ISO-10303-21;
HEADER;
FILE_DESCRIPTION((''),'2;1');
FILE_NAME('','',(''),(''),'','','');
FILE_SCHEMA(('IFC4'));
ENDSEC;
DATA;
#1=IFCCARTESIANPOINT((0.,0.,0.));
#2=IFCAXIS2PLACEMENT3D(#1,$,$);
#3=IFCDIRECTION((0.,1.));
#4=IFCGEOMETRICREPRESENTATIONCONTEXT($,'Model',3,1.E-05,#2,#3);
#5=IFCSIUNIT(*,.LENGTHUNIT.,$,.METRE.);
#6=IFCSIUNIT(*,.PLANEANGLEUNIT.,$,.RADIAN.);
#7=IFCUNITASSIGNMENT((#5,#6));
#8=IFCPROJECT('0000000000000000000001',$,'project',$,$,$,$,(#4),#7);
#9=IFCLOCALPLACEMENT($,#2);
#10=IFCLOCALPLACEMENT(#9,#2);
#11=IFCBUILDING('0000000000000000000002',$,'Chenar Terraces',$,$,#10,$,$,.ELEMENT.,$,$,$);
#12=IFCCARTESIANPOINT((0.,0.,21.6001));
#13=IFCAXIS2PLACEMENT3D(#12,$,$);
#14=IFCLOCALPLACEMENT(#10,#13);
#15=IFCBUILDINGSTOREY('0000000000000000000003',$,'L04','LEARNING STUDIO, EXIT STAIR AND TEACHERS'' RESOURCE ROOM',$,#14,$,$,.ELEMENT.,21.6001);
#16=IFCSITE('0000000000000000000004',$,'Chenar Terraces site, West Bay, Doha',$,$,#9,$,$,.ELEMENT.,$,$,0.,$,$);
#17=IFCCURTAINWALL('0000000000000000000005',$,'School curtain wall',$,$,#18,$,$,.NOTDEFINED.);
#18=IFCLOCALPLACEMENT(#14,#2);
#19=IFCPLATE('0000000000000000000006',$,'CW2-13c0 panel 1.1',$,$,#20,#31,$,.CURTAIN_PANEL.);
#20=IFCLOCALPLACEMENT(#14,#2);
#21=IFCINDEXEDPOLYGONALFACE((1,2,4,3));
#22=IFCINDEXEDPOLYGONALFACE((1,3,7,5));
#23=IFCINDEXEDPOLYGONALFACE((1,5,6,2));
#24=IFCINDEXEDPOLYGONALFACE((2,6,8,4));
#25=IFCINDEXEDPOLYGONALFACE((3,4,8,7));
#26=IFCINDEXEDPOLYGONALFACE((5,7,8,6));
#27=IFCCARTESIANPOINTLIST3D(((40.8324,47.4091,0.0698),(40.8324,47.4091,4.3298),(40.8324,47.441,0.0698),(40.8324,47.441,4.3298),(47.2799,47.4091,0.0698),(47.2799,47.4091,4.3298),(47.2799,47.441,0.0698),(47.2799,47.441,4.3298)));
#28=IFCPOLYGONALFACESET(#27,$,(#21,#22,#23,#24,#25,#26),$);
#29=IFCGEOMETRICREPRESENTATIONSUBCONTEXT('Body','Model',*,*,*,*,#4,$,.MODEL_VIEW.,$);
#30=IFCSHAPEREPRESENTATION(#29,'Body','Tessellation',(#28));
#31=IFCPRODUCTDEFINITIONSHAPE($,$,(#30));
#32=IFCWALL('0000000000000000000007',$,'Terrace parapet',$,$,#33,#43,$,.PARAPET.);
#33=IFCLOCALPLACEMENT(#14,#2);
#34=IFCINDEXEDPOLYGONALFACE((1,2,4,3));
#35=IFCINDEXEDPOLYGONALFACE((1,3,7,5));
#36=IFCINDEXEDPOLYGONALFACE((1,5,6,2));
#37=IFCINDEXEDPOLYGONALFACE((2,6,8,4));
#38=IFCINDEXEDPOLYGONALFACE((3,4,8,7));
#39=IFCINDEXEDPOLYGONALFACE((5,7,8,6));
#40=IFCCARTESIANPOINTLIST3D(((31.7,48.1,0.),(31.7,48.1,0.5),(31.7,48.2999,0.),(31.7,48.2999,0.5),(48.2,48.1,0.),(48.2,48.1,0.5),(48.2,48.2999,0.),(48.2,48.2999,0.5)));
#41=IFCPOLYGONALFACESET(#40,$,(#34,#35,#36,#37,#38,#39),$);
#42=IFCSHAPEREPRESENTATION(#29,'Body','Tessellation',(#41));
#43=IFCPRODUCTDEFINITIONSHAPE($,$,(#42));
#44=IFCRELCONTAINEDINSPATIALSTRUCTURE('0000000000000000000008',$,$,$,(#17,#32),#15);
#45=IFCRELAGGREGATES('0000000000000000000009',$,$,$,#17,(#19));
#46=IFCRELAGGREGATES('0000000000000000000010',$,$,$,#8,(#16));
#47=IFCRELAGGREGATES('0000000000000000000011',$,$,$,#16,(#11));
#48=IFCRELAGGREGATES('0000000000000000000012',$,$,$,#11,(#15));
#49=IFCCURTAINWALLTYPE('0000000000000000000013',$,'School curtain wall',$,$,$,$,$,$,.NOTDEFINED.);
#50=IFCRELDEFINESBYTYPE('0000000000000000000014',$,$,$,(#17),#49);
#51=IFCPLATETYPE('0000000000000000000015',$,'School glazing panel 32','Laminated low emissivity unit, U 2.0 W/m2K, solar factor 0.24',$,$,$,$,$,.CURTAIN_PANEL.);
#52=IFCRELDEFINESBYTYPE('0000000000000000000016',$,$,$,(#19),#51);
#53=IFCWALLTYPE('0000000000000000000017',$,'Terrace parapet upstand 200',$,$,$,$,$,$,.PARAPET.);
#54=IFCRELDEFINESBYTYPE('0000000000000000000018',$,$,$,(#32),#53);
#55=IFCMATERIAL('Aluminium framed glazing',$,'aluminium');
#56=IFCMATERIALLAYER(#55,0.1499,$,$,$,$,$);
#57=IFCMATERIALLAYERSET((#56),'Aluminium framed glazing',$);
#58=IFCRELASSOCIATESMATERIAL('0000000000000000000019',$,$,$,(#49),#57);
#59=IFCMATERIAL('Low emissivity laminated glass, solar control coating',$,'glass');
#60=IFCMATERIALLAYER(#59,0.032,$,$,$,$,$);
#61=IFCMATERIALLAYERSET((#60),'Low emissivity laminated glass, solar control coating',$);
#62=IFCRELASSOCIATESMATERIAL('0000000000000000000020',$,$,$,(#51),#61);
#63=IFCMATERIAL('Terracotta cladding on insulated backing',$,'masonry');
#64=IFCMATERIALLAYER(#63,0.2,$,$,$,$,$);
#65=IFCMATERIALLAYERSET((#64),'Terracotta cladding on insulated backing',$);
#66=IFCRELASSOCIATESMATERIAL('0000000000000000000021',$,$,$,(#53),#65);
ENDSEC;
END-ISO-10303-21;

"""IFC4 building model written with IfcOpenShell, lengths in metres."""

from ifc_helpers import new_model, si_unit, direction, frame, frame_2d, origin, origin_2d, place, context, subcontext, project, spatial, rectangle, extrude, material, layer, layer_set, type_object, element, aggregate, save


model = new_model("IFC4")

# Units and contexts
model_context = context("Model", 3, precision=1e-05, world=origin(), true_north=direction((0.0, 1.0)))
body_context = subcontext(model_context, "Body", "Model", "MODEL_VIEW")
ifc_project = project(units=[si_unit("LENGTHUNIT", "METRE"), si_unit("PLANEANGLEUNIT", "RADIAN")], contexts=[model_context])

# Site, building, storey
site_placement = place(None, origin())
site = spatial("IfcSite", under=ifc_project, at=site_placement, Name="Chenar Terraces site, West Bay, Doha", CompositionType="ELEMENT", RefElevation=0.0)
building_placement = place(site_placement, origin())
building = spatial("IfcBuilding", under=site, at=building_placement, Name="Chenar Terraces", CompositionType="ELEMENT")
storey_placement = place(building_placement, frame((0.0, 0.0, 21.6001)))
storey = spatial("IfcBuildingStorey", under=building, at=storey_placement, Name="L04", Description="LEARNING STUDIO, EXIT STAIR AND TEACHERS' RESOURCE ROOM", CompositionType="ELEMENT", Elevation=21.6001)

# Shared definitions
ifc_material_1 = material(Name="Aluminium framed glazing", Category="aluminium")
ifc_layer_1 = layer(ifc_material_1, 0.1499)
ifc_layer_set_1 = layer_set([ifc_layer_1], Name="Aluminium framed glazing")
curtain_wall_type = type_object("IfcCurtainWallType", Name="School curtain wall", PredefinedType="NOTDEFINED", material=ifc_layer_set_1)
placement = place(storey_placement, origin())

# Curtain wall
curtain_wall_1 = element("IfcCurtainWall", 1, at=placement, inside=storey, type_object=curtain_wall_type, Name="School curtain wall", PredefinedType="NOTDEFINED")

# Plate
ifc_material_2 = material(Name="Low emissivity laminated glass, solar control coating", Category="glass")
ifc_layer_2 = layer(ifc_material_2, 0.032)
ifc_layer_set_2 = layer_set([ifc_layer_2], Name="Low emissivity laminated glass, solar control coating")
plate_type = type_object("IfcPlateType", Name="School glazing panel 32", Description="Laminated low emissivity unit, U 2.0 W/m2K, solar factor 0.24", PredefinedType="CURTAIN_PANEL", material=ifc_layer_set_2)
plate_1_placement = place(storey_placement, frame((44.0562, 47.425, 0.0698), z_axis=(0.0, 0.0, 1.0), x_axis=(-1.0, 0.0, 0.0)))
plate_1 = element("IfcPlate", 2, at=plate_1_placement, type_object=plate_type, Name="CW2-13c0 panel 1.1", PredefinedType="CURTAIN_PANEL", context=body_context, shape_type="SweptSolid", body=[
    extrude(rectangle(XDim=6.4475, YDim=0.032, at=origin_2d()), origin(), (0.0, 0.0, 1.0), 4.26),
])
aggregate(curtain_wall_1, [plate_1])

# Wall
ifc_material_3 = material(Name="Terracotta cladding on insulated backing", Category="masonry")
ifc_layer_3 = layer(ifc_material_3, 0.2)
ifc_layer_set_3 = layer_set([ifc_layer_3], Name="Terracotta cladding on insulated backing")
wall_type_1 = type_object("IfcWallType", Name="Terrace parapet upstand 200", PredefinedType="PARAPET", material=ifc_layer_set_3)
wall_1_placement = place(storey_placement, frame((31.7, 48.2, 0.0), z_axis=(0.0, 0.0, 1.0), x_axis=(1.0, 0.0, 0.0)))
element("IfcWall", 3, at=wall_1_placement, inside=storey, type_object=wall_type_1, Name="Terrace parapet", PredefinedType="PARAPET", context=body_context, shape_type="SweptSolid", body=[
    extrude(rectangle(XDim=16.5, YDim=0.2, at=frame_2d((8.25, 0.0))), origin(), (0.0, 0.0, 1.0), 0.5),
])

save(model, "model.ifc")
